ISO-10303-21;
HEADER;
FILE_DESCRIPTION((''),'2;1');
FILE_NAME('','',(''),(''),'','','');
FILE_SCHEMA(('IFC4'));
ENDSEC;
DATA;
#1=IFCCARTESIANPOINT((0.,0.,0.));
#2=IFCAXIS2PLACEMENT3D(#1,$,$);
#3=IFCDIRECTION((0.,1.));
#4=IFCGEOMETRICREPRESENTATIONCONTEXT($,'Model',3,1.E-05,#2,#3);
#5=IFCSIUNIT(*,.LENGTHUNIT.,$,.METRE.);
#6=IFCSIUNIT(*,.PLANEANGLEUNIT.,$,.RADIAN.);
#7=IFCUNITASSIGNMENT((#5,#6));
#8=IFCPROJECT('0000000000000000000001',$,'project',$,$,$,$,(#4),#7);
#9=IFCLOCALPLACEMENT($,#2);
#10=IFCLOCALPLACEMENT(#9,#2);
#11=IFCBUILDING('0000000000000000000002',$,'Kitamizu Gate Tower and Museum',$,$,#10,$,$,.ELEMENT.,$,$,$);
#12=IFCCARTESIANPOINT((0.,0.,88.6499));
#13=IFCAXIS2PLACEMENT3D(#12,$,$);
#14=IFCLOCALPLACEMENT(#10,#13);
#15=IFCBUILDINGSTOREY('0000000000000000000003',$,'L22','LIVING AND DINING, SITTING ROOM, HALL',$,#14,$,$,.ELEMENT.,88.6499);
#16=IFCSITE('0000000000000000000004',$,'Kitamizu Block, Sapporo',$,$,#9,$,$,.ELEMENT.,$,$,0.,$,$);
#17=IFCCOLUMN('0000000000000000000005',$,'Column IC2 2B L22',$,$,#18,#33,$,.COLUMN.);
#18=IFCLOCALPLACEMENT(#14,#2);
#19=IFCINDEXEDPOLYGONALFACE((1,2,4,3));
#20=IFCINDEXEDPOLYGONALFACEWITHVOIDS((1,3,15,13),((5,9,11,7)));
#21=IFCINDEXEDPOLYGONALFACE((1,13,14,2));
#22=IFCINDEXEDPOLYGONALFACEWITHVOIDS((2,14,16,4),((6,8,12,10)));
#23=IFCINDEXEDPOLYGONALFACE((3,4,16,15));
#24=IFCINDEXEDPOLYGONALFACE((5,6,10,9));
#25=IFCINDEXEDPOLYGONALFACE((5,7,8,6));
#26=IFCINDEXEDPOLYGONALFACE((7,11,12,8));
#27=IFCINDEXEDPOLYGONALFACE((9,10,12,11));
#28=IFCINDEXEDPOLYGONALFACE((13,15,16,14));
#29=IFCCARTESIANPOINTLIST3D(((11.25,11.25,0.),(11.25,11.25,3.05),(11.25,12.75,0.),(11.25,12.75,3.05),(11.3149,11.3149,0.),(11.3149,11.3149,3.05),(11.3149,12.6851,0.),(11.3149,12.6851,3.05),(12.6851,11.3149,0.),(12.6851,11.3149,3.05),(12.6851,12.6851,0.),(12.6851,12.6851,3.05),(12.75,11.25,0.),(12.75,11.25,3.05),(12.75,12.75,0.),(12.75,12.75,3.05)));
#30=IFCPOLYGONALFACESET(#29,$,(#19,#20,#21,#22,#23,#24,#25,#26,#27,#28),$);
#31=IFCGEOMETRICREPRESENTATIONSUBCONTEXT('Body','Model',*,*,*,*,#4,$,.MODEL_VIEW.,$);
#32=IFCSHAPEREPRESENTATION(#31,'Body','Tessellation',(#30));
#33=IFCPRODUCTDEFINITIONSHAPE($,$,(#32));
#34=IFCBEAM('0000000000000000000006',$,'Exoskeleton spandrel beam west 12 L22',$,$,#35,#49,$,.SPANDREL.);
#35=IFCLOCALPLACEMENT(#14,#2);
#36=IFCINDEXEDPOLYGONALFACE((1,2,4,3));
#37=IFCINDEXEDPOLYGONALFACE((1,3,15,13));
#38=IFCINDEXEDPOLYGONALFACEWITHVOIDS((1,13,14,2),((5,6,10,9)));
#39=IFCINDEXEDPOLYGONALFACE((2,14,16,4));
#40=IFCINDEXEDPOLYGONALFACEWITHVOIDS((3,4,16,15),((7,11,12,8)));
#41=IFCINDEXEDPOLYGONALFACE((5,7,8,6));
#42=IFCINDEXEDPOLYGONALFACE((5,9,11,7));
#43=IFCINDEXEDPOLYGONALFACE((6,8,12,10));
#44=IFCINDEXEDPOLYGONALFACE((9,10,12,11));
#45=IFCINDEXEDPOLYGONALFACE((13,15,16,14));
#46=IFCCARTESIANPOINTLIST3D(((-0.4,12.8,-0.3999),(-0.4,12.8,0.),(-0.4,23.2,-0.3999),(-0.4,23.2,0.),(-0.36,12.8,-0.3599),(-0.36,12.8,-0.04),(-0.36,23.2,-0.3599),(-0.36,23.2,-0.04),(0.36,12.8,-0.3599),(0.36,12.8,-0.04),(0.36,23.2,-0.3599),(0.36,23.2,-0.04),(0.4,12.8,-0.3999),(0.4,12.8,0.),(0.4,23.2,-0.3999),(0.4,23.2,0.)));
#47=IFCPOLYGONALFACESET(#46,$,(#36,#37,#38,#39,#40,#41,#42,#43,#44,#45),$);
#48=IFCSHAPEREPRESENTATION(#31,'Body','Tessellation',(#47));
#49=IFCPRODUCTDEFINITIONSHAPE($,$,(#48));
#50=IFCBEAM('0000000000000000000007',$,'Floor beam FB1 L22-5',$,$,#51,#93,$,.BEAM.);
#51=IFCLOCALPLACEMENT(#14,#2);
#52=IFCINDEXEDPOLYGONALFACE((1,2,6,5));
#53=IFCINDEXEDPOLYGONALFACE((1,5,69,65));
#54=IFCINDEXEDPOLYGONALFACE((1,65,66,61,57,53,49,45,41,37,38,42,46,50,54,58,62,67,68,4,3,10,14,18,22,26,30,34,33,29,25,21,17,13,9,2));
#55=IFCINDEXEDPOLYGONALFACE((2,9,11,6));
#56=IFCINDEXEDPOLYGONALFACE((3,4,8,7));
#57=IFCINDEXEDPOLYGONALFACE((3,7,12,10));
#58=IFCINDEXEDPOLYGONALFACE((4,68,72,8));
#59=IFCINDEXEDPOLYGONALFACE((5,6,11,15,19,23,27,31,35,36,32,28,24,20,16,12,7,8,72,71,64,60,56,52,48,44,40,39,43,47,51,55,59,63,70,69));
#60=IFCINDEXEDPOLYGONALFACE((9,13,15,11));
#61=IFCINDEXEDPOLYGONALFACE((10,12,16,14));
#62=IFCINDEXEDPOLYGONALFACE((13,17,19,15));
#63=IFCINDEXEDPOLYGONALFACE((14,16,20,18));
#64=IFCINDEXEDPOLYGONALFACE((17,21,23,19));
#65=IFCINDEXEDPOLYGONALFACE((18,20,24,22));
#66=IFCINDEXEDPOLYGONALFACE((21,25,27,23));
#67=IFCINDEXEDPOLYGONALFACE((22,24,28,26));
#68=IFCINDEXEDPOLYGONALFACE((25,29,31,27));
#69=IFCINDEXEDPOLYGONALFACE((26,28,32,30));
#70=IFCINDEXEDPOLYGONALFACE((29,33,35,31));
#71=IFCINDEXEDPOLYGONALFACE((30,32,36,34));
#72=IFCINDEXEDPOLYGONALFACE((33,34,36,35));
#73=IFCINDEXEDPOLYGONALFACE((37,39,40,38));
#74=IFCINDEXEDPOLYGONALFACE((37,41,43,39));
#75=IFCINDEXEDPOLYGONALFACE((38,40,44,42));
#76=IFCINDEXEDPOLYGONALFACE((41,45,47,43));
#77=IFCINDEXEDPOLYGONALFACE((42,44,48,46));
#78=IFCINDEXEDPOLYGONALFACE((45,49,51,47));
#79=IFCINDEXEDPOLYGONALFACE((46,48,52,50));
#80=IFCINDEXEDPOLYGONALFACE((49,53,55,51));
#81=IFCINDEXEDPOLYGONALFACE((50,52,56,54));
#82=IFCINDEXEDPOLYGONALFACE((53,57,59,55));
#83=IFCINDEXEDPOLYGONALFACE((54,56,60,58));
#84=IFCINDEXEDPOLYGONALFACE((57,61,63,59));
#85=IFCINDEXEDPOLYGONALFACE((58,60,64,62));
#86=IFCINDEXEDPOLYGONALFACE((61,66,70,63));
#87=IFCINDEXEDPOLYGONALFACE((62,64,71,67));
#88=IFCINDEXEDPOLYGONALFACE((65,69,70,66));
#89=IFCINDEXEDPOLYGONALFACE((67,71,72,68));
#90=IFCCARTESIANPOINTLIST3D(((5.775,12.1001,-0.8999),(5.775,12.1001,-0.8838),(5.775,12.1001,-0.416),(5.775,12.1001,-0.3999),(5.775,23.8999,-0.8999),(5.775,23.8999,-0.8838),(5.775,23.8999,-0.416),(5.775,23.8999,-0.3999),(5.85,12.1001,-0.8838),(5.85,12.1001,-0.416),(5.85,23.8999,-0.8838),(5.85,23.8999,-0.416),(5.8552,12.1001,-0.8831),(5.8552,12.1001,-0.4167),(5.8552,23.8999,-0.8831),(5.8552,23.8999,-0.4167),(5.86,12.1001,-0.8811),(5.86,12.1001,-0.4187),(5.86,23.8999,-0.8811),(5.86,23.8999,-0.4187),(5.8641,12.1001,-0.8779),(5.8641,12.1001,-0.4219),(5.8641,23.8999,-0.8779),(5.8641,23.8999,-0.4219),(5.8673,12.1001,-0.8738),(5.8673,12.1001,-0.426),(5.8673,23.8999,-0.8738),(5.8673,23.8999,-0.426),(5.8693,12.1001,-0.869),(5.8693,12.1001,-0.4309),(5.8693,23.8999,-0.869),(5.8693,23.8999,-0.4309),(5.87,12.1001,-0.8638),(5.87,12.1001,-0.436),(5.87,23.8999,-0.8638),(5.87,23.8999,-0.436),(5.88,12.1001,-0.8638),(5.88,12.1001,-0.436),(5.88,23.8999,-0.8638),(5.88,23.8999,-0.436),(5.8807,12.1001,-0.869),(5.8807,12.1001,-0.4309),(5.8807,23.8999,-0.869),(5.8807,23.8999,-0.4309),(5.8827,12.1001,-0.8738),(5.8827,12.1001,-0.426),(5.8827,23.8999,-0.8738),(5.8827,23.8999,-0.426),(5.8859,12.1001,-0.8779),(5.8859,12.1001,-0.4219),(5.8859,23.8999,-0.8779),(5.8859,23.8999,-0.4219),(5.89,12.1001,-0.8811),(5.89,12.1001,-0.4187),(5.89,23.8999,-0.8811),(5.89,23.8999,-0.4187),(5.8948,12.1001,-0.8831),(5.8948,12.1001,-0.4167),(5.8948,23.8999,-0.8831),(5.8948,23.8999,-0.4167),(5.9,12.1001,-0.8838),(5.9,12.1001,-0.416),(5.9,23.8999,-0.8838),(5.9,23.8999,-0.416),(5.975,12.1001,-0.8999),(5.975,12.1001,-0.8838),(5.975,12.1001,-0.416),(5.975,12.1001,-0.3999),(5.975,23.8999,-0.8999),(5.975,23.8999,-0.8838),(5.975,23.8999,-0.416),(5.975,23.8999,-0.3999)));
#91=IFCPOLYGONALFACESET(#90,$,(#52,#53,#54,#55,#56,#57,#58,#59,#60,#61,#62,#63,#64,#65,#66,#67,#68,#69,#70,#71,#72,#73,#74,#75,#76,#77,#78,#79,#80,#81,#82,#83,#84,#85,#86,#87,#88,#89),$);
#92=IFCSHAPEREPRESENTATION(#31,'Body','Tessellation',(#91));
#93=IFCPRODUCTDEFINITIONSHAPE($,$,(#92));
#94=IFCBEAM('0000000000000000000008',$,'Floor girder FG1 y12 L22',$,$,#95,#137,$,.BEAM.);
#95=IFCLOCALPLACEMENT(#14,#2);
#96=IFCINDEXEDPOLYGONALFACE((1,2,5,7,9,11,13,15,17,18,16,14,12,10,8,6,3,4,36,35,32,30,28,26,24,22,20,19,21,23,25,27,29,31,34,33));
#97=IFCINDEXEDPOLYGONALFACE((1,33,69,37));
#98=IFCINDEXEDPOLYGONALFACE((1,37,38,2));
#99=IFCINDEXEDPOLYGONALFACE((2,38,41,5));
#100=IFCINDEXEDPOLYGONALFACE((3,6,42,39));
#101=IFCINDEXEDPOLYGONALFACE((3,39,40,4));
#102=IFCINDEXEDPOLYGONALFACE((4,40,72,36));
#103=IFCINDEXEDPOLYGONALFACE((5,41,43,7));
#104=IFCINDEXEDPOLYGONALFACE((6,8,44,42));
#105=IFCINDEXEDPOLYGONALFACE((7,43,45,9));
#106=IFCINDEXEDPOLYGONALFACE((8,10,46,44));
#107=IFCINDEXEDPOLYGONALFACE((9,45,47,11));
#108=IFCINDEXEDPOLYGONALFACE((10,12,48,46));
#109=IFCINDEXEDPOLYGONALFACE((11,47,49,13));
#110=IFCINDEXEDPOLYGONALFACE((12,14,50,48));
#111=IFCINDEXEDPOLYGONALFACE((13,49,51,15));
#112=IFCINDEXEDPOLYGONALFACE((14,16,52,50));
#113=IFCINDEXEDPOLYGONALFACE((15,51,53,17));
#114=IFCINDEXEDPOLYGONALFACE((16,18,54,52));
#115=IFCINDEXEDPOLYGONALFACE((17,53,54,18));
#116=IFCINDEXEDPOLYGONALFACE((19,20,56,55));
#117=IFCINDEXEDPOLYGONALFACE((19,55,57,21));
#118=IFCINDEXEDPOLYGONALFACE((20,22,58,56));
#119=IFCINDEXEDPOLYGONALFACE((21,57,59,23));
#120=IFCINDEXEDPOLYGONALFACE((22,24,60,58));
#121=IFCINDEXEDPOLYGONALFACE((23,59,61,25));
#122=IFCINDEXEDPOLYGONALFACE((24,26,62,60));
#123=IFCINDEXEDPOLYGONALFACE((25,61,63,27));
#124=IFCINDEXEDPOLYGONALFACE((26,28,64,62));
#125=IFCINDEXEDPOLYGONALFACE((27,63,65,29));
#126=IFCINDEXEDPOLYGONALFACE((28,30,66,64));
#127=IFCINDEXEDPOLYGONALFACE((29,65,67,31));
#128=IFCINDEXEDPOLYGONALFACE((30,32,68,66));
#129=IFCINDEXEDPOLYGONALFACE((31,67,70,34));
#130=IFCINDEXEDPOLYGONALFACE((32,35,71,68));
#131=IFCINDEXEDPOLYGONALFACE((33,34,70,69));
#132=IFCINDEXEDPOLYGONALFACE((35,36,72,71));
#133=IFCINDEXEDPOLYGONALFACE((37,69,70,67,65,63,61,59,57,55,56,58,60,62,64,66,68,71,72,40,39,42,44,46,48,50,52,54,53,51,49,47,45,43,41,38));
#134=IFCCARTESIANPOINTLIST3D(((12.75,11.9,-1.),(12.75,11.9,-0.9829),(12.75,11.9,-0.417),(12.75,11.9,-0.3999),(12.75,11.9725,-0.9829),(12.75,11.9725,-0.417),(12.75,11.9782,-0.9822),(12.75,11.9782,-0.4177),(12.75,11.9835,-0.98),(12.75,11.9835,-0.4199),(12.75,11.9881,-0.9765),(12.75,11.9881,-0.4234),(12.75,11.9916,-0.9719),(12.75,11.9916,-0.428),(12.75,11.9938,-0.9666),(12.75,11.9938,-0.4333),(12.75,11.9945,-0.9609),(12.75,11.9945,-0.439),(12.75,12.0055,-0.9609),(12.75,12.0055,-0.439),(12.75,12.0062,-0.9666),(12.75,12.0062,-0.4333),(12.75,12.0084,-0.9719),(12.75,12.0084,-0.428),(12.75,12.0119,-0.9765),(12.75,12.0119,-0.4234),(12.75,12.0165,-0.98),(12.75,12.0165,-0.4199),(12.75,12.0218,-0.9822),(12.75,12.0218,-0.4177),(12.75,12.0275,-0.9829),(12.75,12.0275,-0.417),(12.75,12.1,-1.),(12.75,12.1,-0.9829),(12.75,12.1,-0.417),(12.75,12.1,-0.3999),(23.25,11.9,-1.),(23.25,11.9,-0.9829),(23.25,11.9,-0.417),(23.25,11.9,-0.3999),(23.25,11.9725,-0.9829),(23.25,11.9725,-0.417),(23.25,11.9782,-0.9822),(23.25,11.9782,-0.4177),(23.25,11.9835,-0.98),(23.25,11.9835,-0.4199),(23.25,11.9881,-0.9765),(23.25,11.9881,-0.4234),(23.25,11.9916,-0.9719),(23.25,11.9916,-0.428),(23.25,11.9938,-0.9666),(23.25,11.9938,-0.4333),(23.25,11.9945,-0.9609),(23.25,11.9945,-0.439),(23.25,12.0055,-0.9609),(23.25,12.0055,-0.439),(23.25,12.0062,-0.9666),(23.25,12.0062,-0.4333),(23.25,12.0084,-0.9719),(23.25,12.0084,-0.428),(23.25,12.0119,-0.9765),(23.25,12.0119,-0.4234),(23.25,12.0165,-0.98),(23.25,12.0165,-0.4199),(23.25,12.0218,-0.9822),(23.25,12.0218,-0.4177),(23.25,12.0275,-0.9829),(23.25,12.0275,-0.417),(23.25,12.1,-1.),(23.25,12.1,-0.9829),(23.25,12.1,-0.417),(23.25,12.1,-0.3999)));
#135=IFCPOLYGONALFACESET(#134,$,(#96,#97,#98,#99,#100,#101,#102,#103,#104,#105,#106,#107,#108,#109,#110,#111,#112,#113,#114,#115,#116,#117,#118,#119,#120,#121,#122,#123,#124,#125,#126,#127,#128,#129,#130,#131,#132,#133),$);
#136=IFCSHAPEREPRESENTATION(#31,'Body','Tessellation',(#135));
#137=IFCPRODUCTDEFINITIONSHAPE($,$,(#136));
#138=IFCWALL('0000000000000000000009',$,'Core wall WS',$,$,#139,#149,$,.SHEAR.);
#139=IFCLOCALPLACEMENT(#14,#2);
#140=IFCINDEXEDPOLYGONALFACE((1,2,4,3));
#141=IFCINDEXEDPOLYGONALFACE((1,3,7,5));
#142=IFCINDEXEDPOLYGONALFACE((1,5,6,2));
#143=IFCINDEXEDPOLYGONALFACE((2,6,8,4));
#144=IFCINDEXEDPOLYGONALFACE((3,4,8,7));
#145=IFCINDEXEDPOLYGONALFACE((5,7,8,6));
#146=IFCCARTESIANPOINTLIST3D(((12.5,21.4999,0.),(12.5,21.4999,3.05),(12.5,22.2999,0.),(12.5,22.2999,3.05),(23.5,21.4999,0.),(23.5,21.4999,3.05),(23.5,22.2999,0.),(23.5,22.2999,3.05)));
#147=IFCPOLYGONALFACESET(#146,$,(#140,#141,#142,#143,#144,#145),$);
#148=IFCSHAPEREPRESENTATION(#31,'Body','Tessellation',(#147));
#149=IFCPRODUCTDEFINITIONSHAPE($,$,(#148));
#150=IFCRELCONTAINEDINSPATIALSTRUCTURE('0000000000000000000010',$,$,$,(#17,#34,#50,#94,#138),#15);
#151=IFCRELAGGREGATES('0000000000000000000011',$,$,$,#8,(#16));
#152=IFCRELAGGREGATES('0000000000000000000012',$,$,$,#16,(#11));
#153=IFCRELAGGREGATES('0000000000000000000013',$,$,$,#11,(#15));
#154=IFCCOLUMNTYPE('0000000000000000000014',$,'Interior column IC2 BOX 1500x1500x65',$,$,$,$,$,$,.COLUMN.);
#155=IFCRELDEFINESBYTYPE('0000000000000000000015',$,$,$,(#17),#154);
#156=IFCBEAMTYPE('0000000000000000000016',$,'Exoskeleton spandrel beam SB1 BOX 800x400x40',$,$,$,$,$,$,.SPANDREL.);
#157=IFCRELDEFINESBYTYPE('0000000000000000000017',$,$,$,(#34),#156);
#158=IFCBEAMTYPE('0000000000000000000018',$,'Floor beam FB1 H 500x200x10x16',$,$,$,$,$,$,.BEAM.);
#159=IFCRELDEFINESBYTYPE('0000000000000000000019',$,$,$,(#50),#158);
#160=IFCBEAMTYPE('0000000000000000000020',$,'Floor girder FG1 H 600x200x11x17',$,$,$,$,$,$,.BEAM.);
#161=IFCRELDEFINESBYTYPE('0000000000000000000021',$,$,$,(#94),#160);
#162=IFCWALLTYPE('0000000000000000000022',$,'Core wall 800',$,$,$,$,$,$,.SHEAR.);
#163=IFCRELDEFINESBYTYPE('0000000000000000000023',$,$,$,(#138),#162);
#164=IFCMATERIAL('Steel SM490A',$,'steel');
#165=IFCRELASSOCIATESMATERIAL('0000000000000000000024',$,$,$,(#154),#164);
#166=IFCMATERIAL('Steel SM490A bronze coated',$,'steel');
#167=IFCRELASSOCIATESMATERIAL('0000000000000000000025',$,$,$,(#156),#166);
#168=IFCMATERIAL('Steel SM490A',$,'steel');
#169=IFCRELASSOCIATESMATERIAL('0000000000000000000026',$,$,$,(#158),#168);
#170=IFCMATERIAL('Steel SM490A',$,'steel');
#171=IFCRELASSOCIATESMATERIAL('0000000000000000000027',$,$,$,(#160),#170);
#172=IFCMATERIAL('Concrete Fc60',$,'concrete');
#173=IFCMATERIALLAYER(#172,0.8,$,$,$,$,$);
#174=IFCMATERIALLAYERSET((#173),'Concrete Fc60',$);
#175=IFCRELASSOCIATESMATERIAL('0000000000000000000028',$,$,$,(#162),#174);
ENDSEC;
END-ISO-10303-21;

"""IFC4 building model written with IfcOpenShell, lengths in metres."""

from ifc_helpers import new_model, si_unit, direction, frame, frame_2d, origin, origin_2d, place, context, subcontext, project, spatial, rectangle, hollow_rectangle, i_section, extrude, material, layer, layer_set, material_profile, profile_set, type_object, element, save


model = new_model("IFC4")

# Units and contexts
model_context = context("Model", 3, precision=1e-05, world=origin(), true_north=direction((0.0, 1.0)))
body_context = subcontext(model_context, "Body", "Model", "MODEL_VIEW")
ifc_project = project(units=[si_unit("LENGTHUNIT", "METRE"), si_unit("PLANEANGLEUNIT", "RADIAN")], contexts=[model_context])

# Site, building, storey
site_placement = place(None, origin())
site = spatial("IfcSite", under=ifc_project, at=site_placement, Name="Kitamizu Block, Sapporo", CompositionType="ELEMENT", RefElevation=0.0)
building_placement = place(site_placement, origin())
building = spatial("IfcBuilding", under=site, at=building_placement, Name="Kitamizu Gate Tower and Museum", CompositionType="ELEMENT")
storey_placement = place(building_placement, frame((0.0, 0.0, 88.6499)))
storey = spatial("IfcBuildingStorey", under=building, at=storey_placement, Name="L22", Description="LIVING AND DINING, SITTING ROOM, HALL", CompositionType="ELEMENT", Elevation=88.6499)

# Column
ifc_material_1 = material(Name="Steel SM490A", Category="steel")
ifc_material_profile_1 = material_profile(ifc_material_1, hollow_rectangle(XDim=1.5, YDim=1.5, WallThickness=0.0649, at=origin_2d()), Name="BOX 1500x1500x65")
ifc_profile_set_1 = profile_set([ifc_material_profile_1], Name="Steel SM490A")
column_type = type_object("IfcColumnType", Name="Interior column IC2 BOX 1500x1500x65", PredefinedType="COLUMN", material=ifc_profile_set_1)
column_placement = place(storey_placement, frame((12.0, 12.0, 0.0), z_axis=(0.0, 0.0, 1.0), x_axis=(1.0, 0.0, 0.0)))
element("IfcColumn", 1, at=column_placement, inside=storey, type_object=column_type, Name="Column IC2 2B L22", PredefinedType="COLUMN", context=body_context, shape_type="SweptSolid", body=[
    extrude(hollow_rectangle(XDim=1.5, YDim=1.5, WallThickness=0.0649, at=origin_2d()), origin(), (0.0, 0.0, 1.0), 3.05),
])

# Beams
ifc_material_2 = material(Name="Steel SM490A bronze coated", Category="steel")
ifc_material_profile_2 = material_profile(ifc_material_2, hollow_rectangle(XDim=0.8, YDim=0.3999, WallThickness=0.04, at=origin_2d()), Name="BOX 800x400x40")
ifc_profile_set_2 = profile_set([ifc_material_profile_2], Name="Steel SM490A bronze coated")
beam_type_1 = type_object("IfcBeamType", Name="Exoskeleton spandrel beam SB1 BOX 800x400x40", PredefinedType="SPANDREL", material=ifc_profile_set_2)
beam_1_placement = place(storey_placement, frame((0.0, 12.8, -0.2), z_axis=(0.0, 1.0, 0.0), x_axis=(-1.0, 0.0, 0.0)))
element("IfcBeam", 2, at=beam_1_placement, inside=storey, type_object=beam_type_1, Name="Exoskeleton spandrel beam west 12 L22", PredefinedType="SPANDREL", context=body_context, shape_type="SweptSolid", body=[
    extrude(hollow_rectangle(XDim=0.8, YDim=0.3999, WallThickness=0.04, at=origin_2d()), origin(), (0.0, 0.0, 1.0), 10.3999),
])
ifc_material_3 = material(Name="Steel SM490A", Category="steel")
ifc_material_profile_3 = material_profile(ifc_material_3, i_section(OverallWidth=0.2, OverallDepth=0.5, WebThickness=0.01, FlangeThickness=0.0161, FilletRadius=0.02, at=origin_2d()), Name="H-500x200x10x16")
ifc_profile_set_3 = profile_set([ifc_material_profile_3], Name="Steel SM490A")
beam_type_2 = type_object("IfcBeamType", Name="Floor beam FB1 H 500x200x10x16", PredefinedType="BEAM", material=ifc_profile_set_3)
beam_2_placement = place(storey_placement, frame((5.875, 12.1001, -0.6499), z_axis=(0.0, 1.0, 0.0), x_axis=(-1.0, 0.0, 0.0)))
element("IfcBeam", 3, at=beam_2_placement, inside=storey, type_object=beam_type_2, Name="Floor beam FB1 L22-5", PredefinedType="BEAM", context=body_context, shape_type="SweptSolid", body=[
    extrude(i_section(OverallWidth=0.2, OverallDepth=0.5, WebThickness=0.01, FlangeThickness=0.0161, FilletRadius=0.02, at=origin_2d()), origin(), (0.0, 0.0, 1.0), 11.7998),
])
ifc_material_4 = material(Name="Steel SM490A", Category="steel")
ifc_material_profile_4 = material_profile(ifc_material_4, i_section(OverallWidth=0.2, OverallDepth=0.6001, WebThickness=0.011, FlangeThickness=0.0171, FilletRadius=0.022, at=origin_2d()), Name="H-600x200x11x17")
ifc_profile_set_4 = profile_set([ifc_material_profile_4], Name="Steel SM490A")
beam_type_3 = type_object("IfcBeamType", Name="Floor girder FG1 H 600x200x11x17", PredefinedType="BEAM", material=ifc_profile_set_4)
beam_3_placement = place(storey_placement, frame((12.75, 12.0, -0.7), z_axis=(1.0, 0.0, 0.0), x_axis=(0.0, 1.0, 0.0)))
element("IfcBeam", 4, at=beam_3_placement, inside=storey, type_object=beam_type_3, Name="Floor girder FG1 y12 L22", PredefinedType="BEAM", context=body_context, shape_type="SweptSolid", body=[
    extrude(i_section(OverallWidth=0.2, OverallDepth=0.6001, WebThickness=0.011, FlangeThickness=0.0171, FilletRadius=0.022, at=origin_2d()), origin(), (0.0, 0.0, 1.0), 10.5),
])

# Wall
ifc_material_5 = material(Name="Concrete Fc60", Category="concrete")
ifc_layer_1 = layer(ifc_material_5, 0.8)
ifc_layer_set_1 = layer_set([ifc_layer_1], Name="Concrete Fc60")
wall_type_1 = type_object("IfcWallType", Name="Core wall 800", PredefinedType="SHEAR", material=ifc_layer_set_1)
wall_1_placement = place(storey_placement, frame((12.5, 21.8999, 0.0), z_axis=(0.0, 0.0, 1.0), x_axis=(1.0, 0.0, 0.0)))
element("IfcWall", 5, at=wall_1_placement, inside=storey, type_object=wall_type_1, Name="Core wall WS", PredefinedType="SHEAR", context=body_context, shape_type="SweptSolid", body=[
    extrude(rectangle(XDim=11.0, YDim=0.8, at=frame_2d((5.5, 0.0))), origin(), (0.0, 0.0, 1.0), 3.05),
])

save(model, "model.ifc")
